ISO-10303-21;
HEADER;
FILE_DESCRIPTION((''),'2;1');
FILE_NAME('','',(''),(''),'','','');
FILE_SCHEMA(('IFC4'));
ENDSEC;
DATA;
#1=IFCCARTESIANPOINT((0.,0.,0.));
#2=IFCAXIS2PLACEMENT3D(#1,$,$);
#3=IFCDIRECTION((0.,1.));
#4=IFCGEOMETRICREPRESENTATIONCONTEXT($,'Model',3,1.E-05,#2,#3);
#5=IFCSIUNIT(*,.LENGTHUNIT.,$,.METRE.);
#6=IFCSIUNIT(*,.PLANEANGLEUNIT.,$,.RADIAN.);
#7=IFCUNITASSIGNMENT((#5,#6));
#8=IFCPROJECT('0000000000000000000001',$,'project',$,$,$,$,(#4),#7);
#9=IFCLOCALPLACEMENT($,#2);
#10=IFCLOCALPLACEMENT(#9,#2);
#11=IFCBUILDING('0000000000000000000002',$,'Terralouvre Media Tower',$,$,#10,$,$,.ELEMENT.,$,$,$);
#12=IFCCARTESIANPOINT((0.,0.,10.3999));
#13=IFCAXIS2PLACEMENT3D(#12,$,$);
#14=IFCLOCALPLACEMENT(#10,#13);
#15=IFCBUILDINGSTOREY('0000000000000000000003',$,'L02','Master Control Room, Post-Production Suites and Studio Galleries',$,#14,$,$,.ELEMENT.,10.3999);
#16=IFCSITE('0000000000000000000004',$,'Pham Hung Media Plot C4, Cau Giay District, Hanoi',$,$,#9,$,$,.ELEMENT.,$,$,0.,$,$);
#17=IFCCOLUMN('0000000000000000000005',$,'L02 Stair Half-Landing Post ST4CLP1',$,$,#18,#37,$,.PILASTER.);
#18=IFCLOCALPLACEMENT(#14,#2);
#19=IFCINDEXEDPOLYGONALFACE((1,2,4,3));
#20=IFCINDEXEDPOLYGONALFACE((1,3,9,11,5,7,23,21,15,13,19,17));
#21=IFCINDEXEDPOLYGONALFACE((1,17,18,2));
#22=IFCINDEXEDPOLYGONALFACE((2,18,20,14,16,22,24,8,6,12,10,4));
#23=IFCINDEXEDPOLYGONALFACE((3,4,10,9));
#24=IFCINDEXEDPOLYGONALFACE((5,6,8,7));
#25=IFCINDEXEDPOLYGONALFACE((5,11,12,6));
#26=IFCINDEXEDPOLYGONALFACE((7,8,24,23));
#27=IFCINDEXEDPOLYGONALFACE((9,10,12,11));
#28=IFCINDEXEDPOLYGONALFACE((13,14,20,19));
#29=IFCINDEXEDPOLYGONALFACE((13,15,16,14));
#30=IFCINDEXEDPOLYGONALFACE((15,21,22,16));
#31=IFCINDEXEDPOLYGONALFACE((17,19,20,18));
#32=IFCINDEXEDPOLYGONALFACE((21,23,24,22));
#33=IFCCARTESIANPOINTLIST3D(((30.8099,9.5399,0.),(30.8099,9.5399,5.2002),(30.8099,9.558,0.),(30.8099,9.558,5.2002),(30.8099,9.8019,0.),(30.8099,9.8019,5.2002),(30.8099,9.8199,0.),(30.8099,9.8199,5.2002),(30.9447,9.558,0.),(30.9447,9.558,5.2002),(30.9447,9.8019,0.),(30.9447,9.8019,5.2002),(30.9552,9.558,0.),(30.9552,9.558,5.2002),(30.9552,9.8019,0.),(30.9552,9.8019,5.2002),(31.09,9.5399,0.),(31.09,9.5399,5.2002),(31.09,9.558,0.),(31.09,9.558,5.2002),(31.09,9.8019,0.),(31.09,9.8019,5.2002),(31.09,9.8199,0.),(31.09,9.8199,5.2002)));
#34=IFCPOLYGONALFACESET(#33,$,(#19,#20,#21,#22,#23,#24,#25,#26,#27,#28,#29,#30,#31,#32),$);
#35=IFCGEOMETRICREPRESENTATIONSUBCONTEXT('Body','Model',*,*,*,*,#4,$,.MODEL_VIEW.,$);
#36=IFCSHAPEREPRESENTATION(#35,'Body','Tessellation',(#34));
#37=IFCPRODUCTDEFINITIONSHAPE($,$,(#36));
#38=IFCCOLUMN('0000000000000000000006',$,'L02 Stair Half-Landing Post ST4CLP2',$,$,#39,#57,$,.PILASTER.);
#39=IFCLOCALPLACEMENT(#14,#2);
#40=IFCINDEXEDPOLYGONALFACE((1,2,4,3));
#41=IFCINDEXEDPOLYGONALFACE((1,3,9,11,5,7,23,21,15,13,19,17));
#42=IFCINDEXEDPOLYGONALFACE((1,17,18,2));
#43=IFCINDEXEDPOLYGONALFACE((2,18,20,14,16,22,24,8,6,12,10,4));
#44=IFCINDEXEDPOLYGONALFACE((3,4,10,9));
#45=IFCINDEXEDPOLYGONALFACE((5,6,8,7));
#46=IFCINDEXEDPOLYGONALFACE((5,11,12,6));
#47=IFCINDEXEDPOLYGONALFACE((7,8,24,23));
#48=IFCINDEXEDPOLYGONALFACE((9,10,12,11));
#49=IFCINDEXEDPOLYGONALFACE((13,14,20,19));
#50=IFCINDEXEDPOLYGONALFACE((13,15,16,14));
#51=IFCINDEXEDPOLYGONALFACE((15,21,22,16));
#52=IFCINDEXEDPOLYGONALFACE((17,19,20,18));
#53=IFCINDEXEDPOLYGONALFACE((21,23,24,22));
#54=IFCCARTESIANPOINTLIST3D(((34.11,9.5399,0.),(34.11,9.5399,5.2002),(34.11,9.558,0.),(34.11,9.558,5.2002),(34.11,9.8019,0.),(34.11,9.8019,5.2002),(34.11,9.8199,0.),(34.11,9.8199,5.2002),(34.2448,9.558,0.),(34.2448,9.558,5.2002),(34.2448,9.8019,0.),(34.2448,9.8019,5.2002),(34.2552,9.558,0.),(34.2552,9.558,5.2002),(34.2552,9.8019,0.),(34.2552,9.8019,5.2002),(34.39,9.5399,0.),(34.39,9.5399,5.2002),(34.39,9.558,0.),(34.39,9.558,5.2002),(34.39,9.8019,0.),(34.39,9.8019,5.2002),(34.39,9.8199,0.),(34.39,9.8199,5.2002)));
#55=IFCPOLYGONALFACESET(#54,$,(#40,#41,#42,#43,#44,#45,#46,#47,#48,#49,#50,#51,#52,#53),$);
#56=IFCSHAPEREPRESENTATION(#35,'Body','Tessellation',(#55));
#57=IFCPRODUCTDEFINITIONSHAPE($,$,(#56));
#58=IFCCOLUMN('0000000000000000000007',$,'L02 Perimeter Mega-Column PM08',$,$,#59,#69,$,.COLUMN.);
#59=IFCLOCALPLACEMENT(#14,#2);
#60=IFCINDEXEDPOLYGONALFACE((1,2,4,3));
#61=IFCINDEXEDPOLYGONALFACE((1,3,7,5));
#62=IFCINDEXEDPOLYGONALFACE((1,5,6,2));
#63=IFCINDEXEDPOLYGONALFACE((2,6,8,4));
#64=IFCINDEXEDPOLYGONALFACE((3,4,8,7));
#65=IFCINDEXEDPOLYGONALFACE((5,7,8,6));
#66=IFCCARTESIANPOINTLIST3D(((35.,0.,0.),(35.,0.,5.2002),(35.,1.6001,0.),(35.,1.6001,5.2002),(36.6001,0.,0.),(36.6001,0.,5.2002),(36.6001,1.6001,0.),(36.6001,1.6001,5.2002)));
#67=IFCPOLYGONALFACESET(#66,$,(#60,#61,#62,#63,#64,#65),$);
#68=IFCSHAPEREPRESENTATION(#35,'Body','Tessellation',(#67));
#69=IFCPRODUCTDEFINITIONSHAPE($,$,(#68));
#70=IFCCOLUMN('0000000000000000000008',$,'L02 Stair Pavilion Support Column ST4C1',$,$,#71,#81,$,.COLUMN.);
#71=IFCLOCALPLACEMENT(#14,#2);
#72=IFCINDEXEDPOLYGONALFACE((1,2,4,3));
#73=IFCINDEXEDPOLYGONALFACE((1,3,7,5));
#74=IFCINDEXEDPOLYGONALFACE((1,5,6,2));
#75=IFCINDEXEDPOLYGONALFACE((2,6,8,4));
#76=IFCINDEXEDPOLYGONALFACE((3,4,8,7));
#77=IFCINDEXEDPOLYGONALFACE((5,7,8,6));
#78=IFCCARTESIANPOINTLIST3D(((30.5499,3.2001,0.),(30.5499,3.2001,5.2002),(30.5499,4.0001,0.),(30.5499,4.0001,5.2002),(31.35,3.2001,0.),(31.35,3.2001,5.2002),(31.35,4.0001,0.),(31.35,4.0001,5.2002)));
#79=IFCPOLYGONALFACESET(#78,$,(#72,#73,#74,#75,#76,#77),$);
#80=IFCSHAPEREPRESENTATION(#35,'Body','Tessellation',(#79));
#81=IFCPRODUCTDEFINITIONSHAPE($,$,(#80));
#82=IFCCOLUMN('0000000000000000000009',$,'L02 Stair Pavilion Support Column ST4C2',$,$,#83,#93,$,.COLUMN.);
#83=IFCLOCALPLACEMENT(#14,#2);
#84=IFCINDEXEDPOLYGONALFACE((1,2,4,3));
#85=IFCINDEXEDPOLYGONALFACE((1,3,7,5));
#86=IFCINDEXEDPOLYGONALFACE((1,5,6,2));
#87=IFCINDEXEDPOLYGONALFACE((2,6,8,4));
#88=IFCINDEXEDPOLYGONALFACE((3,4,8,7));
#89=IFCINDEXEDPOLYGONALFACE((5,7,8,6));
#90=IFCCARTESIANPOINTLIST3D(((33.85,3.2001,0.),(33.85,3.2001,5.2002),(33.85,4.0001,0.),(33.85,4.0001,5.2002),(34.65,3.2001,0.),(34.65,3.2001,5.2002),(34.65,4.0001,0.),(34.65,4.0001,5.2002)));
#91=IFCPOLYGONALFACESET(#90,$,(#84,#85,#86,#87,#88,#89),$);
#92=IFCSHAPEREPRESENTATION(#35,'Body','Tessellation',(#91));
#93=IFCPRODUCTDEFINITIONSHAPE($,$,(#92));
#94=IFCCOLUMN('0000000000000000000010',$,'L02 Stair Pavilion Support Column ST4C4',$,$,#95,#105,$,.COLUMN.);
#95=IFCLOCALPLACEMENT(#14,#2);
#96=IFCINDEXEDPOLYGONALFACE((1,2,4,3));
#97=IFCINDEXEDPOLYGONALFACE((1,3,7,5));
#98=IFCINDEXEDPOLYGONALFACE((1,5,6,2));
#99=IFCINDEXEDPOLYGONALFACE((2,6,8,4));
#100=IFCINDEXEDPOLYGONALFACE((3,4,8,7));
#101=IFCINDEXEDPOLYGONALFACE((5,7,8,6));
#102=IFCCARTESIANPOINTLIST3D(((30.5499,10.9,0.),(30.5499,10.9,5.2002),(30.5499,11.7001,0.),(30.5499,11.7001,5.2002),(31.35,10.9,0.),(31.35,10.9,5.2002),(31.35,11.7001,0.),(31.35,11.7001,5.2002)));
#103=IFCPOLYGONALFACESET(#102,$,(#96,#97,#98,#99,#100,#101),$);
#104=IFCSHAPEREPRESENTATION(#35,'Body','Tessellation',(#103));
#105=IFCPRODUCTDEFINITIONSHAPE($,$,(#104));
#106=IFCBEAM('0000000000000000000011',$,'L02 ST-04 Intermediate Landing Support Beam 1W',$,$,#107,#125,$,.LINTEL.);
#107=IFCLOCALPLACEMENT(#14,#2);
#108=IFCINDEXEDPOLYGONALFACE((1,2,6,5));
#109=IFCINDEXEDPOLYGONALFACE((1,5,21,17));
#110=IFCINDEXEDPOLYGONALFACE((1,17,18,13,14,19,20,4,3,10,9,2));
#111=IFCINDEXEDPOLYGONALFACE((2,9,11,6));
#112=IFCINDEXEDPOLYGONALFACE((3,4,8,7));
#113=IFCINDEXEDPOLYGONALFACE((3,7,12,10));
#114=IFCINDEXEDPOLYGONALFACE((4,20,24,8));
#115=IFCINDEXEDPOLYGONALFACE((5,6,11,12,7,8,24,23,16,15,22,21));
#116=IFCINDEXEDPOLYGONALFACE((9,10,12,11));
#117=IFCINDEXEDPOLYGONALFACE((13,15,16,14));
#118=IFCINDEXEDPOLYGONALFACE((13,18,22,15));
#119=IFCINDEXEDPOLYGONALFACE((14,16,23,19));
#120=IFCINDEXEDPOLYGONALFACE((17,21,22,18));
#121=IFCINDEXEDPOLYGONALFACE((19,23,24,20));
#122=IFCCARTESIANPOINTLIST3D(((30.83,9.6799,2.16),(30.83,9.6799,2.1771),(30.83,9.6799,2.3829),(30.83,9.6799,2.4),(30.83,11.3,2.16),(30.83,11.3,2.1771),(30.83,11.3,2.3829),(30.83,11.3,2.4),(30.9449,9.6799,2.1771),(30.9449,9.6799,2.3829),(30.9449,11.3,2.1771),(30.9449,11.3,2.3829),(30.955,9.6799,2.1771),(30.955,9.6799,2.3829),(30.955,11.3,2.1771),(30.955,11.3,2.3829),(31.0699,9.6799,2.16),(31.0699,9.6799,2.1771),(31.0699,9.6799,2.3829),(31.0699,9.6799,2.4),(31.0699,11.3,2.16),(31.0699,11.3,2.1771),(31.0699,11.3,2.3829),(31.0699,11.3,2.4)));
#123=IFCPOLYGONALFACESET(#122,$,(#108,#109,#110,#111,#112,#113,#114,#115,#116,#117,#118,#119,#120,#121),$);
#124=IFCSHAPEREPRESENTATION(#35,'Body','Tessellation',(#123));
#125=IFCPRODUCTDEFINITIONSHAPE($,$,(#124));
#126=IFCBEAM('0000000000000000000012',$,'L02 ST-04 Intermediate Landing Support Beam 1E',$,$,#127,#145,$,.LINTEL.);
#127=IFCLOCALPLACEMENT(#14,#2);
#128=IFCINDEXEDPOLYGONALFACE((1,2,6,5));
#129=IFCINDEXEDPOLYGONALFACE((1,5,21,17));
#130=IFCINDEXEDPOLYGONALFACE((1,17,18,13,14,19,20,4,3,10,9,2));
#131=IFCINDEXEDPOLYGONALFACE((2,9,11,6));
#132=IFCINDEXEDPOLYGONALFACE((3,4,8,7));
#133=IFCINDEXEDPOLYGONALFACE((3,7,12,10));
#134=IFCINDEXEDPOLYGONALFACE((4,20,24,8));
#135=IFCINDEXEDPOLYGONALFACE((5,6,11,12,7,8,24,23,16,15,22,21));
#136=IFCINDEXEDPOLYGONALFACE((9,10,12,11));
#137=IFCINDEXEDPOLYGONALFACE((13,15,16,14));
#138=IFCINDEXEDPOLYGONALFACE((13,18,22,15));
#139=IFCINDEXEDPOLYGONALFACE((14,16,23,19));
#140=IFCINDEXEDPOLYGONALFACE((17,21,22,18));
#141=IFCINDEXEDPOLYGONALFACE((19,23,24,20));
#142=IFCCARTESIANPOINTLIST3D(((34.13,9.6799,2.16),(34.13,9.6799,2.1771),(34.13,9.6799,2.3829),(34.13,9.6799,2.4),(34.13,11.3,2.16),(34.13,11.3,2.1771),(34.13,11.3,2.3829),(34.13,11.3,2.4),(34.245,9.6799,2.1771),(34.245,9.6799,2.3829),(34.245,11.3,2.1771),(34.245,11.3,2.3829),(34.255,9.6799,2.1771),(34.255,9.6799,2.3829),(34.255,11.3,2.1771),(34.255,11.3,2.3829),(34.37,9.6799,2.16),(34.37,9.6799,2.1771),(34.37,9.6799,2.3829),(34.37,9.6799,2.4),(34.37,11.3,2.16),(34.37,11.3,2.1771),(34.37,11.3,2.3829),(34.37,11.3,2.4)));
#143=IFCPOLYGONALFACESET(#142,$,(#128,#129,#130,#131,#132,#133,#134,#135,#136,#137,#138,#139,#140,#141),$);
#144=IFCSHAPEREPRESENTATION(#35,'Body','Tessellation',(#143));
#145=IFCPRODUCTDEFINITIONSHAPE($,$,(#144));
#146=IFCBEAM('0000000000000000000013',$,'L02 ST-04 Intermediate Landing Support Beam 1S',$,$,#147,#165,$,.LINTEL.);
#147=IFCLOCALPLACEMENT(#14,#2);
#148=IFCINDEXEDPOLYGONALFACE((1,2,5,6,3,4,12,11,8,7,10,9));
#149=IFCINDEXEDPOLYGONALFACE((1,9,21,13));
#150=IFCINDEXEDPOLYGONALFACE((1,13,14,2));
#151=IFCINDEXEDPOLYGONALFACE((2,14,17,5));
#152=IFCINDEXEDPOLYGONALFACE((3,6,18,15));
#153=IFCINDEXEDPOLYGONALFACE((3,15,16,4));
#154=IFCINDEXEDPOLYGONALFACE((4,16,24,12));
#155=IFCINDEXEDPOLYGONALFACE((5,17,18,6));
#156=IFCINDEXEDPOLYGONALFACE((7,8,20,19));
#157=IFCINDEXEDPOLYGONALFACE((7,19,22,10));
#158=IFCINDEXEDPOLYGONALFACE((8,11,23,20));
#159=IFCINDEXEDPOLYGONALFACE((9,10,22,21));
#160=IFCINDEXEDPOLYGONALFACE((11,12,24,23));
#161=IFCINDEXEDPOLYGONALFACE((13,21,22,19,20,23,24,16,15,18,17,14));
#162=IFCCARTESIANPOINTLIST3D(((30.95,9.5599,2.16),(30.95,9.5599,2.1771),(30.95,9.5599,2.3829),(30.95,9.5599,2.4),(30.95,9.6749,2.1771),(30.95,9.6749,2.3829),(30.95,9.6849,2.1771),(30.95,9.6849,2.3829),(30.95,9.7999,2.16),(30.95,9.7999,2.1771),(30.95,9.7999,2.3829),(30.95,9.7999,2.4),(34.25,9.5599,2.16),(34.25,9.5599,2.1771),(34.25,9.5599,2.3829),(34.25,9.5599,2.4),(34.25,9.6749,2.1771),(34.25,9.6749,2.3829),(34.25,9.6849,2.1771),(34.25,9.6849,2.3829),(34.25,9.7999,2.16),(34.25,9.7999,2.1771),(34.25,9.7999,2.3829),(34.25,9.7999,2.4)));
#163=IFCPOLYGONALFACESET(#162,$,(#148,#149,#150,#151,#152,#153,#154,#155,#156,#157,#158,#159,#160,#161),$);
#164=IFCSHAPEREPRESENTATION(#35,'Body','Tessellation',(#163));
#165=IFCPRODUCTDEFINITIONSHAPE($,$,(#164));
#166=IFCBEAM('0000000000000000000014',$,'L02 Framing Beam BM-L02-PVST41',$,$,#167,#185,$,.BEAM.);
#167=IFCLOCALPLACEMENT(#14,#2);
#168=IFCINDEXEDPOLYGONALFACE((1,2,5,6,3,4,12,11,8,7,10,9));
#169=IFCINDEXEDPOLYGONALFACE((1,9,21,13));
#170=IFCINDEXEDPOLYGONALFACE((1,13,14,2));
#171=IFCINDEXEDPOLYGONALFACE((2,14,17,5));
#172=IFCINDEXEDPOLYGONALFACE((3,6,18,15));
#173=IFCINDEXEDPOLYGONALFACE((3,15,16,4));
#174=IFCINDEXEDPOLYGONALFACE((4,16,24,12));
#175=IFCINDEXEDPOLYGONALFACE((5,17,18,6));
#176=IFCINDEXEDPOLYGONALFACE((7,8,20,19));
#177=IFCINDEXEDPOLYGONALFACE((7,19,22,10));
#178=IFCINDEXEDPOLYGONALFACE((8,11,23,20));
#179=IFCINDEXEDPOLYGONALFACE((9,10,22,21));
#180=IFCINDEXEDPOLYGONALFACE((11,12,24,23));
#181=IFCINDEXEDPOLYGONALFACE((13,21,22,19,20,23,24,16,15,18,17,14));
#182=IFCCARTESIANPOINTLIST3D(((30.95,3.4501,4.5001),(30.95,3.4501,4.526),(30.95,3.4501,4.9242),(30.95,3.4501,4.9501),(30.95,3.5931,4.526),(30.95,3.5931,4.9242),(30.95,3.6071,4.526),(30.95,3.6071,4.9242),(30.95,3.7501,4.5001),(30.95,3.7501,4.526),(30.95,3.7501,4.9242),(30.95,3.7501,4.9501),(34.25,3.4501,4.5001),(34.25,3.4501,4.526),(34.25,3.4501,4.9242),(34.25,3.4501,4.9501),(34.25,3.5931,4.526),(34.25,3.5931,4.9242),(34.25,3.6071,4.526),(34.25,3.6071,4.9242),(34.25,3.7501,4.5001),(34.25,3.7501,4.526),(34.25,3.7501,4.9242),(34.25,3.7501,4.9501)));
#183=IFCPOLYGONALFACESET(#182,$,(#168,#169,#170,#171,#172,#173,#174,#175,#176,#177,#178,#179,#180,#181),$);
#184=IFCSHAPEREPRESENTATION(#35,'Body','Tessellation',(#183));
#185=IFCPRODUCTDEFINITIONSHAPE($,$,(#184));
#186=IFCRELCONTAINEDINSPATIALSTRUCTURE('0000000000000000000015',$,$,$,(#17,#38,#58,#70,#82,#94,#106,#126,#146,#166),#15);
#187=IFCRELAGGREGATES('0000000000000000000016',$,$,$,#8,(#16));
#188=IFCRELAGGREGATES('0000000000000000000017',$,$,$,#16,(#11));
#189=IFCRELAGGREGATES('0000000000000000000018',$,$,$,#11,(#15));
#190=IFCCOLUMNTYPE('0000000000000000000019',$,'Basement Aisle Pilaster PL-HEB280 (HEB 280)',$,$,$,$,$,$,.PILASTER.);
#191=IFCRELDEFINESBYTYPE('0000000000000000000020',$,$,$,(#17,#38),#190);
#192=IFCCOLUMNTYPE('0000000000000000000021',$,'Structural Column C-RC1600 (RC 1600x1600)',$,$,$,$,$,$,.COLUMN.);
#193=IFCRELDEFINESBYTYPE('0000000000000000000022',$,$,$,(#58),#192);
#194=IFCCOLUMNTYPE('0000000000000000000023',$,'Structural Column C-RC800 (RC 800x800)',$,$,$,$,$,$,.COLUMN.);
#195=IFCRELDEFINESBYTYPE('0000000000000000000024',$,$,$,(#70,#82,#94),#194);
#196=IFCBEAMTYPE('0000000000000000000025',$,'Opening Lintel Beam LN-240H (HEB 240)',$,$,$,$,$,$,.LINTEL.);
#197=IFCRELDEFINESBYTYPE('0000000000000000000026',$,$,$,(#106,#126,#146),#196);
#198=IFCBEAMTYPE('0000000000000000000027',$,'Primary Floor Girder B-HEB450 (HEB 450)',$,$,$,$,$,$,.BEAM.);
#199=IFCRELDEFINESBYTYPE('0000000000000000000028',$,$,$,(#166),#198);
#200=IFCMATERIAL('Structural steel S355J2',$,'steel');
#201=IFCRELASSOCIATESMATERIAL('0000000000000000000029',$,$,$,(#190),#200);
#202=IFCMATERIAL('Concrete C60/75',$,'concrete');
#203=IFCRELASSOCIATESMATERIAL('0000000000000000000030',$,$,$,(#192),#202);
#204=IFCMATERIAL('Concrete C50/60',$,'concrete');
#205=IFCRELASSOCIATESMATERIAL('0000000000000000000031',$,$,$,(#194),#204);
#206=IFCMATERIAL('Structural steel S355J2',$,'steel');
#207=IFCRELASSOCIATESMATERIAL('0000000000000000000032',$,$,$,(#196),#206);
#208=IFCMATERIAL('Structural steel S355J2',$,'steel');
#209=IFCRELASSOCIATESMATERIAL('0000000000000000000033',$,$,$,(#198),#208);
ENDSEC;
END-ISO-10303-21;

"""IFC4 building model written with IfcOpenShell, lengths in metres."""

from ifc_helpers import new_model, si_unit, direction, frame, origin, origin_2d, place, context, subcontext, project, spatial, rectangle, i_section, extrude, material, material_profile, profile_set, type_object, element, save


model = new_model("IFC4")

# Units and contexts
model_context = context("Model", 3, precision=1e-05, world=origin(), true_north=direction((0.0, 1.0)))
body_context = subcontext(model_context, "Body", "Model", "MODEL_VIEW")
ifc_project = project(units=[si_unit("LENGTHUNIT", "METRE"), si_unit("PLANEANGLEUNIT", "RADIAN")], contexts=[model_context])

# Site, building, storey
site_placement = place(None, origin())
site = spatial("IfcSite", under=ifc_project, at=site_placement, Name="Pham Hung Media Plot C4, Cau Giay District, Hanoi", CompositionType="ELEMENT", RefElevation=0.0)
building_placement = place(site_placement, origin())
building = spatial("IfcBuilding", under=site, at=building_placement, Name="Terralouvre Media Tower", CompositionType="ELEMENT")
storey_placement = place(building_placement, frame((0.0, 0.0, 10.3999)))
storey = spatial("IfcBuildingStorey", under=building, at=storey_placement, Name="L02", Description="Master Control Room, Post-Production Suites and Studio Galleries", CompositionType="ELEMENT", Elevation=10.3999)

# Columns
ifc_material_1 = material(Name="Structural steel S355J2", Category="steel")
ifc_material_profile_1 = material_profile(ifc_material_1, i_section(OverallWidth=0.28, OverallDepth=0.28, WebThickness=0.0105, FlangeThickness=0.0181, at=origin_2d()), Name="HEB 280")
ifc_profile_set_1 = profile_set([ifc_material_profile_1], Name="Structural steel S355J2")
column_type_1 = type_object("IfcColumnType", Name="Basement Aisle Pilaster PL-HEB280 (HEB 280)", PredefinedType="PILASTER", material=ifc_profile_set_1)
for number, where, z_axis, x_axis, name in (
    (1, (30.95, 9.6799, 0.0), (0.0, 0.0, 1.0), (1.0, 0.0, 0.0), "L02 Stair Half-Landing Post ST4CLP1"),
    (2, (34.25, 9.6799, 0.0), (0.0, 0.0, 1.0), (1.0, 0.0, 0.0), "L02 Stair Half-Landing Post ST4CLP2"),
):
    element("IfcColumn", number, at=place(storey_placement, frame(where, z_axis=z_axis, x_axis=x_axis)), inside=storey, type_object=column_type_1, Name=name, PredefinedType="PILASTER", context=body_context, shape_type="SweptSolid", body=[
        extrude(i_section(OverallWidth=0.28, OverallDepth=0.28, WebThickness=0.0105, FlangeThickness=0.0181, at=origin_2d()), origin(), (0.0, 0.0, 1.0), 5.2002),
    ])
ifc_material_2 = material(Name="Concrete C60/75", Category="concrete")
ifc_material_profile_2 = material_profile(ifc_material_2, rectangle(XDim=1.6001, YDim=1.6001, at=origin_2d()), Name="RC 1600x1600")
ifc_profile_set_2 = profile_set([ifc_material_profile_2], Name="Concrete C60/75")
column_type_2 = type_object("IfcColumnType", Name="Structural Column C-RC1600 (RC 1600x1600)", PredefinedType="COLUMN", material=ifc_profile_set_2)
column_placement = place(storey_placement, frame((35.8, 0.8, 0.0), z_axis=(0.0, 0.0, 1.0), x_axis=(1.0, 0.0, 0.0)))
element("IfcColumn", 3, at=column_placement, inside=storey, type_object=column_type_2, Name="L02 Perimeter Mega-Column PM08", PredefinedType="COLUMN", context=body_context, shape_type="SweptSolid", body=[
    extrude(rectangle(XDim=1.6001, YDim=1.6001, at=origin_2d()), origin(), (0.0, 0.0, 1.0), 5.2002),
])
ifc_material_3 = material(Name="Concrete C50/60", Category="concrete")
ifc_material_profile_3 = material_profile(ifc_material_3, rectangle(XDim=0.8, YDim=0.8, at=origin_2d()), Name="RC 800x800")
ifc_profile_set_3 = profile_set([ifc_material_profile_3], Name="Concrete C50/60")
column_type_3 = type_object("IfcColumnType", Name="Structural Column C-RC800 (RC 800x800)", PredefinedType="COLUMN", material=ifc_profile_set_3)
for number, where, z_axis, x_axis, name in (
    (4, (30.95, 3.6001, 0.0), (0.0, 0.0, 1.0), (1.0, 0.0, 0.0), "L02 Stair Pavilion Support Column ST4C1"),
    (5, (34.25, 3.6001, 0.0), (0.0, 0.0, 1.0), (1.0, 0.0, 0.0), "L02 Stair Pavilion Support Column ST4C2"),
    (6, (30.95, 11.3, 0.0), (0.0, 0.0, 1.0), (1.0, 0.0, 0.0), "L02 Stair Pavilion Support Column ST4C4"),
):
    element("IfcColumn", number, at=place(storey_placement, frame(where, z_axis=z_axis, x_axis=x_axis)), inside=storey, type_object=column_type_3, Name=name, PredefinedType="COLUMN", context=body_context, shape_type="SweptSolid", body=[
        extrude(rectangle(XDim=0.8, YDim=0.8, at=origin_2d()), origin(), (0.0, 0.0, 1.0), 5.2002),
    ])

# Beams
ifc_material_4 = material(Name="Structural steel S355J2", Category="steel")
ifc_material_profile_4 = material_profile(ifc_material_4, i_section(OverallWidth=0.24, OverallDepth=0.24, WebThickness=0.01, FlangeThickness=0.0171, at=origin_2d()), Name="HEB 240")
ifc_profile_set_4 = profile_set([ifc_material_profile_4], Name="Structural steel S355J2")
beam_type_1 = type_object("IfcBeamType", Name="Opening Lintel Beam LN-240H (HEB 240)", PredefinedType="LINTEL", material=ifc_profile_set_4)
for number, where, z_axis, x_axis, name in (
    (7, (30.95, 9.6799, 2.28), (0.0, 1.0, 0.0), (-1.0, 0.0, 0.0), "L02 ST-04 Intermediate Landing Support Beam 1W"),
    (8, (34.25, 9.6799, 2.28), (0.0, 1.0, 0.0), (-1.0, 0.0, 0.0), "L02 ST-04 Intermediate Landing Support Beam 1E"),
):
    element("IfcBeam", number, at=place(storey_placement, frame(where, z_axis=z_axis, x_axis=x_axis)), inside=storey, type_object=beam_type_1, Name=name, PredefinedType="LINTEL", context=body_context, shape_type="SweptSolid", body=[
        extrude(i_section(OverallWidth=0.24, OverallDepth=0.24, WebThickness=0.01, FlangeThickness=0.0171, at=origin_2d()), origin(), (0.0, 0.0, 1.0), 1.6201),
    ])
beam_1_placement = place(storey_placement, frame((30.95, 9.6799, 2.28), z_axis=(1.0, 0.0, 0.0), x_axis=(0.0, 1.0, 0.0)))
element("IfcBeam", 9, at=beam_1_placement, inside=storey, type_object=beam_type_1, Name="L02 ST-04 Intermediate Landing Support Beam 1S", PredefinedType="LINTEL", context=body_context, shape_type="SweptSolid", body=[
    extrude(i_section(OverallWidth=0.24, OverallDepth=0.24, WebThickness=0.01, FlangeThickness=0.0171, at=origin_2d()), origin(), (0.0, 0.0, 1.0), 3.3),
])
ifc_material_5 = material(Name="Structural steel S355J2", Category="steel")
ifc_material_profile_5 = material_profile(ifc_material_5, i_section(OverallWidth=0.3, OverallDepth=0.45, WebThickness=0.0139, FlangeThickness=0.0259, at=origin_2d()), Name="HEB 450")
ifc_profile_set_5 = profile_set([ifc_material_profile_5], Name="Structural steel S355J2")
beam_type_2 = type_object("IfcBeamType", Name="Primary Floor Girder B-HEB450 (HEB 450)", PredefinedType="BEAM", material=ifc_profile_set_5)
beam_2_placement = place(storey_placement, frame((30.95, 3.6001, 4.7251), z_axis=(1.0, 0.0, 0.0), x_axis=(0.0, 1.0, 0.0)))
element("IfcBeam", 10, at=beam_2_placement, inside=storey, type_object=beam_type_2, Name="L02 Framing Beam BM-L02-PVST41", PredefinedType="BEAM", context=body_context, shape_type="SweptSolid", body=[
    extrude(i_section(OverallWidth=0.3, OverallDepth=0.45, WebThickness=0.0139, FlangeThickness=0.0259, at=origin_2d()), origin(), (0.0, 0.0, 1.0), 3.3),
])

save(model, "model.ifc")
